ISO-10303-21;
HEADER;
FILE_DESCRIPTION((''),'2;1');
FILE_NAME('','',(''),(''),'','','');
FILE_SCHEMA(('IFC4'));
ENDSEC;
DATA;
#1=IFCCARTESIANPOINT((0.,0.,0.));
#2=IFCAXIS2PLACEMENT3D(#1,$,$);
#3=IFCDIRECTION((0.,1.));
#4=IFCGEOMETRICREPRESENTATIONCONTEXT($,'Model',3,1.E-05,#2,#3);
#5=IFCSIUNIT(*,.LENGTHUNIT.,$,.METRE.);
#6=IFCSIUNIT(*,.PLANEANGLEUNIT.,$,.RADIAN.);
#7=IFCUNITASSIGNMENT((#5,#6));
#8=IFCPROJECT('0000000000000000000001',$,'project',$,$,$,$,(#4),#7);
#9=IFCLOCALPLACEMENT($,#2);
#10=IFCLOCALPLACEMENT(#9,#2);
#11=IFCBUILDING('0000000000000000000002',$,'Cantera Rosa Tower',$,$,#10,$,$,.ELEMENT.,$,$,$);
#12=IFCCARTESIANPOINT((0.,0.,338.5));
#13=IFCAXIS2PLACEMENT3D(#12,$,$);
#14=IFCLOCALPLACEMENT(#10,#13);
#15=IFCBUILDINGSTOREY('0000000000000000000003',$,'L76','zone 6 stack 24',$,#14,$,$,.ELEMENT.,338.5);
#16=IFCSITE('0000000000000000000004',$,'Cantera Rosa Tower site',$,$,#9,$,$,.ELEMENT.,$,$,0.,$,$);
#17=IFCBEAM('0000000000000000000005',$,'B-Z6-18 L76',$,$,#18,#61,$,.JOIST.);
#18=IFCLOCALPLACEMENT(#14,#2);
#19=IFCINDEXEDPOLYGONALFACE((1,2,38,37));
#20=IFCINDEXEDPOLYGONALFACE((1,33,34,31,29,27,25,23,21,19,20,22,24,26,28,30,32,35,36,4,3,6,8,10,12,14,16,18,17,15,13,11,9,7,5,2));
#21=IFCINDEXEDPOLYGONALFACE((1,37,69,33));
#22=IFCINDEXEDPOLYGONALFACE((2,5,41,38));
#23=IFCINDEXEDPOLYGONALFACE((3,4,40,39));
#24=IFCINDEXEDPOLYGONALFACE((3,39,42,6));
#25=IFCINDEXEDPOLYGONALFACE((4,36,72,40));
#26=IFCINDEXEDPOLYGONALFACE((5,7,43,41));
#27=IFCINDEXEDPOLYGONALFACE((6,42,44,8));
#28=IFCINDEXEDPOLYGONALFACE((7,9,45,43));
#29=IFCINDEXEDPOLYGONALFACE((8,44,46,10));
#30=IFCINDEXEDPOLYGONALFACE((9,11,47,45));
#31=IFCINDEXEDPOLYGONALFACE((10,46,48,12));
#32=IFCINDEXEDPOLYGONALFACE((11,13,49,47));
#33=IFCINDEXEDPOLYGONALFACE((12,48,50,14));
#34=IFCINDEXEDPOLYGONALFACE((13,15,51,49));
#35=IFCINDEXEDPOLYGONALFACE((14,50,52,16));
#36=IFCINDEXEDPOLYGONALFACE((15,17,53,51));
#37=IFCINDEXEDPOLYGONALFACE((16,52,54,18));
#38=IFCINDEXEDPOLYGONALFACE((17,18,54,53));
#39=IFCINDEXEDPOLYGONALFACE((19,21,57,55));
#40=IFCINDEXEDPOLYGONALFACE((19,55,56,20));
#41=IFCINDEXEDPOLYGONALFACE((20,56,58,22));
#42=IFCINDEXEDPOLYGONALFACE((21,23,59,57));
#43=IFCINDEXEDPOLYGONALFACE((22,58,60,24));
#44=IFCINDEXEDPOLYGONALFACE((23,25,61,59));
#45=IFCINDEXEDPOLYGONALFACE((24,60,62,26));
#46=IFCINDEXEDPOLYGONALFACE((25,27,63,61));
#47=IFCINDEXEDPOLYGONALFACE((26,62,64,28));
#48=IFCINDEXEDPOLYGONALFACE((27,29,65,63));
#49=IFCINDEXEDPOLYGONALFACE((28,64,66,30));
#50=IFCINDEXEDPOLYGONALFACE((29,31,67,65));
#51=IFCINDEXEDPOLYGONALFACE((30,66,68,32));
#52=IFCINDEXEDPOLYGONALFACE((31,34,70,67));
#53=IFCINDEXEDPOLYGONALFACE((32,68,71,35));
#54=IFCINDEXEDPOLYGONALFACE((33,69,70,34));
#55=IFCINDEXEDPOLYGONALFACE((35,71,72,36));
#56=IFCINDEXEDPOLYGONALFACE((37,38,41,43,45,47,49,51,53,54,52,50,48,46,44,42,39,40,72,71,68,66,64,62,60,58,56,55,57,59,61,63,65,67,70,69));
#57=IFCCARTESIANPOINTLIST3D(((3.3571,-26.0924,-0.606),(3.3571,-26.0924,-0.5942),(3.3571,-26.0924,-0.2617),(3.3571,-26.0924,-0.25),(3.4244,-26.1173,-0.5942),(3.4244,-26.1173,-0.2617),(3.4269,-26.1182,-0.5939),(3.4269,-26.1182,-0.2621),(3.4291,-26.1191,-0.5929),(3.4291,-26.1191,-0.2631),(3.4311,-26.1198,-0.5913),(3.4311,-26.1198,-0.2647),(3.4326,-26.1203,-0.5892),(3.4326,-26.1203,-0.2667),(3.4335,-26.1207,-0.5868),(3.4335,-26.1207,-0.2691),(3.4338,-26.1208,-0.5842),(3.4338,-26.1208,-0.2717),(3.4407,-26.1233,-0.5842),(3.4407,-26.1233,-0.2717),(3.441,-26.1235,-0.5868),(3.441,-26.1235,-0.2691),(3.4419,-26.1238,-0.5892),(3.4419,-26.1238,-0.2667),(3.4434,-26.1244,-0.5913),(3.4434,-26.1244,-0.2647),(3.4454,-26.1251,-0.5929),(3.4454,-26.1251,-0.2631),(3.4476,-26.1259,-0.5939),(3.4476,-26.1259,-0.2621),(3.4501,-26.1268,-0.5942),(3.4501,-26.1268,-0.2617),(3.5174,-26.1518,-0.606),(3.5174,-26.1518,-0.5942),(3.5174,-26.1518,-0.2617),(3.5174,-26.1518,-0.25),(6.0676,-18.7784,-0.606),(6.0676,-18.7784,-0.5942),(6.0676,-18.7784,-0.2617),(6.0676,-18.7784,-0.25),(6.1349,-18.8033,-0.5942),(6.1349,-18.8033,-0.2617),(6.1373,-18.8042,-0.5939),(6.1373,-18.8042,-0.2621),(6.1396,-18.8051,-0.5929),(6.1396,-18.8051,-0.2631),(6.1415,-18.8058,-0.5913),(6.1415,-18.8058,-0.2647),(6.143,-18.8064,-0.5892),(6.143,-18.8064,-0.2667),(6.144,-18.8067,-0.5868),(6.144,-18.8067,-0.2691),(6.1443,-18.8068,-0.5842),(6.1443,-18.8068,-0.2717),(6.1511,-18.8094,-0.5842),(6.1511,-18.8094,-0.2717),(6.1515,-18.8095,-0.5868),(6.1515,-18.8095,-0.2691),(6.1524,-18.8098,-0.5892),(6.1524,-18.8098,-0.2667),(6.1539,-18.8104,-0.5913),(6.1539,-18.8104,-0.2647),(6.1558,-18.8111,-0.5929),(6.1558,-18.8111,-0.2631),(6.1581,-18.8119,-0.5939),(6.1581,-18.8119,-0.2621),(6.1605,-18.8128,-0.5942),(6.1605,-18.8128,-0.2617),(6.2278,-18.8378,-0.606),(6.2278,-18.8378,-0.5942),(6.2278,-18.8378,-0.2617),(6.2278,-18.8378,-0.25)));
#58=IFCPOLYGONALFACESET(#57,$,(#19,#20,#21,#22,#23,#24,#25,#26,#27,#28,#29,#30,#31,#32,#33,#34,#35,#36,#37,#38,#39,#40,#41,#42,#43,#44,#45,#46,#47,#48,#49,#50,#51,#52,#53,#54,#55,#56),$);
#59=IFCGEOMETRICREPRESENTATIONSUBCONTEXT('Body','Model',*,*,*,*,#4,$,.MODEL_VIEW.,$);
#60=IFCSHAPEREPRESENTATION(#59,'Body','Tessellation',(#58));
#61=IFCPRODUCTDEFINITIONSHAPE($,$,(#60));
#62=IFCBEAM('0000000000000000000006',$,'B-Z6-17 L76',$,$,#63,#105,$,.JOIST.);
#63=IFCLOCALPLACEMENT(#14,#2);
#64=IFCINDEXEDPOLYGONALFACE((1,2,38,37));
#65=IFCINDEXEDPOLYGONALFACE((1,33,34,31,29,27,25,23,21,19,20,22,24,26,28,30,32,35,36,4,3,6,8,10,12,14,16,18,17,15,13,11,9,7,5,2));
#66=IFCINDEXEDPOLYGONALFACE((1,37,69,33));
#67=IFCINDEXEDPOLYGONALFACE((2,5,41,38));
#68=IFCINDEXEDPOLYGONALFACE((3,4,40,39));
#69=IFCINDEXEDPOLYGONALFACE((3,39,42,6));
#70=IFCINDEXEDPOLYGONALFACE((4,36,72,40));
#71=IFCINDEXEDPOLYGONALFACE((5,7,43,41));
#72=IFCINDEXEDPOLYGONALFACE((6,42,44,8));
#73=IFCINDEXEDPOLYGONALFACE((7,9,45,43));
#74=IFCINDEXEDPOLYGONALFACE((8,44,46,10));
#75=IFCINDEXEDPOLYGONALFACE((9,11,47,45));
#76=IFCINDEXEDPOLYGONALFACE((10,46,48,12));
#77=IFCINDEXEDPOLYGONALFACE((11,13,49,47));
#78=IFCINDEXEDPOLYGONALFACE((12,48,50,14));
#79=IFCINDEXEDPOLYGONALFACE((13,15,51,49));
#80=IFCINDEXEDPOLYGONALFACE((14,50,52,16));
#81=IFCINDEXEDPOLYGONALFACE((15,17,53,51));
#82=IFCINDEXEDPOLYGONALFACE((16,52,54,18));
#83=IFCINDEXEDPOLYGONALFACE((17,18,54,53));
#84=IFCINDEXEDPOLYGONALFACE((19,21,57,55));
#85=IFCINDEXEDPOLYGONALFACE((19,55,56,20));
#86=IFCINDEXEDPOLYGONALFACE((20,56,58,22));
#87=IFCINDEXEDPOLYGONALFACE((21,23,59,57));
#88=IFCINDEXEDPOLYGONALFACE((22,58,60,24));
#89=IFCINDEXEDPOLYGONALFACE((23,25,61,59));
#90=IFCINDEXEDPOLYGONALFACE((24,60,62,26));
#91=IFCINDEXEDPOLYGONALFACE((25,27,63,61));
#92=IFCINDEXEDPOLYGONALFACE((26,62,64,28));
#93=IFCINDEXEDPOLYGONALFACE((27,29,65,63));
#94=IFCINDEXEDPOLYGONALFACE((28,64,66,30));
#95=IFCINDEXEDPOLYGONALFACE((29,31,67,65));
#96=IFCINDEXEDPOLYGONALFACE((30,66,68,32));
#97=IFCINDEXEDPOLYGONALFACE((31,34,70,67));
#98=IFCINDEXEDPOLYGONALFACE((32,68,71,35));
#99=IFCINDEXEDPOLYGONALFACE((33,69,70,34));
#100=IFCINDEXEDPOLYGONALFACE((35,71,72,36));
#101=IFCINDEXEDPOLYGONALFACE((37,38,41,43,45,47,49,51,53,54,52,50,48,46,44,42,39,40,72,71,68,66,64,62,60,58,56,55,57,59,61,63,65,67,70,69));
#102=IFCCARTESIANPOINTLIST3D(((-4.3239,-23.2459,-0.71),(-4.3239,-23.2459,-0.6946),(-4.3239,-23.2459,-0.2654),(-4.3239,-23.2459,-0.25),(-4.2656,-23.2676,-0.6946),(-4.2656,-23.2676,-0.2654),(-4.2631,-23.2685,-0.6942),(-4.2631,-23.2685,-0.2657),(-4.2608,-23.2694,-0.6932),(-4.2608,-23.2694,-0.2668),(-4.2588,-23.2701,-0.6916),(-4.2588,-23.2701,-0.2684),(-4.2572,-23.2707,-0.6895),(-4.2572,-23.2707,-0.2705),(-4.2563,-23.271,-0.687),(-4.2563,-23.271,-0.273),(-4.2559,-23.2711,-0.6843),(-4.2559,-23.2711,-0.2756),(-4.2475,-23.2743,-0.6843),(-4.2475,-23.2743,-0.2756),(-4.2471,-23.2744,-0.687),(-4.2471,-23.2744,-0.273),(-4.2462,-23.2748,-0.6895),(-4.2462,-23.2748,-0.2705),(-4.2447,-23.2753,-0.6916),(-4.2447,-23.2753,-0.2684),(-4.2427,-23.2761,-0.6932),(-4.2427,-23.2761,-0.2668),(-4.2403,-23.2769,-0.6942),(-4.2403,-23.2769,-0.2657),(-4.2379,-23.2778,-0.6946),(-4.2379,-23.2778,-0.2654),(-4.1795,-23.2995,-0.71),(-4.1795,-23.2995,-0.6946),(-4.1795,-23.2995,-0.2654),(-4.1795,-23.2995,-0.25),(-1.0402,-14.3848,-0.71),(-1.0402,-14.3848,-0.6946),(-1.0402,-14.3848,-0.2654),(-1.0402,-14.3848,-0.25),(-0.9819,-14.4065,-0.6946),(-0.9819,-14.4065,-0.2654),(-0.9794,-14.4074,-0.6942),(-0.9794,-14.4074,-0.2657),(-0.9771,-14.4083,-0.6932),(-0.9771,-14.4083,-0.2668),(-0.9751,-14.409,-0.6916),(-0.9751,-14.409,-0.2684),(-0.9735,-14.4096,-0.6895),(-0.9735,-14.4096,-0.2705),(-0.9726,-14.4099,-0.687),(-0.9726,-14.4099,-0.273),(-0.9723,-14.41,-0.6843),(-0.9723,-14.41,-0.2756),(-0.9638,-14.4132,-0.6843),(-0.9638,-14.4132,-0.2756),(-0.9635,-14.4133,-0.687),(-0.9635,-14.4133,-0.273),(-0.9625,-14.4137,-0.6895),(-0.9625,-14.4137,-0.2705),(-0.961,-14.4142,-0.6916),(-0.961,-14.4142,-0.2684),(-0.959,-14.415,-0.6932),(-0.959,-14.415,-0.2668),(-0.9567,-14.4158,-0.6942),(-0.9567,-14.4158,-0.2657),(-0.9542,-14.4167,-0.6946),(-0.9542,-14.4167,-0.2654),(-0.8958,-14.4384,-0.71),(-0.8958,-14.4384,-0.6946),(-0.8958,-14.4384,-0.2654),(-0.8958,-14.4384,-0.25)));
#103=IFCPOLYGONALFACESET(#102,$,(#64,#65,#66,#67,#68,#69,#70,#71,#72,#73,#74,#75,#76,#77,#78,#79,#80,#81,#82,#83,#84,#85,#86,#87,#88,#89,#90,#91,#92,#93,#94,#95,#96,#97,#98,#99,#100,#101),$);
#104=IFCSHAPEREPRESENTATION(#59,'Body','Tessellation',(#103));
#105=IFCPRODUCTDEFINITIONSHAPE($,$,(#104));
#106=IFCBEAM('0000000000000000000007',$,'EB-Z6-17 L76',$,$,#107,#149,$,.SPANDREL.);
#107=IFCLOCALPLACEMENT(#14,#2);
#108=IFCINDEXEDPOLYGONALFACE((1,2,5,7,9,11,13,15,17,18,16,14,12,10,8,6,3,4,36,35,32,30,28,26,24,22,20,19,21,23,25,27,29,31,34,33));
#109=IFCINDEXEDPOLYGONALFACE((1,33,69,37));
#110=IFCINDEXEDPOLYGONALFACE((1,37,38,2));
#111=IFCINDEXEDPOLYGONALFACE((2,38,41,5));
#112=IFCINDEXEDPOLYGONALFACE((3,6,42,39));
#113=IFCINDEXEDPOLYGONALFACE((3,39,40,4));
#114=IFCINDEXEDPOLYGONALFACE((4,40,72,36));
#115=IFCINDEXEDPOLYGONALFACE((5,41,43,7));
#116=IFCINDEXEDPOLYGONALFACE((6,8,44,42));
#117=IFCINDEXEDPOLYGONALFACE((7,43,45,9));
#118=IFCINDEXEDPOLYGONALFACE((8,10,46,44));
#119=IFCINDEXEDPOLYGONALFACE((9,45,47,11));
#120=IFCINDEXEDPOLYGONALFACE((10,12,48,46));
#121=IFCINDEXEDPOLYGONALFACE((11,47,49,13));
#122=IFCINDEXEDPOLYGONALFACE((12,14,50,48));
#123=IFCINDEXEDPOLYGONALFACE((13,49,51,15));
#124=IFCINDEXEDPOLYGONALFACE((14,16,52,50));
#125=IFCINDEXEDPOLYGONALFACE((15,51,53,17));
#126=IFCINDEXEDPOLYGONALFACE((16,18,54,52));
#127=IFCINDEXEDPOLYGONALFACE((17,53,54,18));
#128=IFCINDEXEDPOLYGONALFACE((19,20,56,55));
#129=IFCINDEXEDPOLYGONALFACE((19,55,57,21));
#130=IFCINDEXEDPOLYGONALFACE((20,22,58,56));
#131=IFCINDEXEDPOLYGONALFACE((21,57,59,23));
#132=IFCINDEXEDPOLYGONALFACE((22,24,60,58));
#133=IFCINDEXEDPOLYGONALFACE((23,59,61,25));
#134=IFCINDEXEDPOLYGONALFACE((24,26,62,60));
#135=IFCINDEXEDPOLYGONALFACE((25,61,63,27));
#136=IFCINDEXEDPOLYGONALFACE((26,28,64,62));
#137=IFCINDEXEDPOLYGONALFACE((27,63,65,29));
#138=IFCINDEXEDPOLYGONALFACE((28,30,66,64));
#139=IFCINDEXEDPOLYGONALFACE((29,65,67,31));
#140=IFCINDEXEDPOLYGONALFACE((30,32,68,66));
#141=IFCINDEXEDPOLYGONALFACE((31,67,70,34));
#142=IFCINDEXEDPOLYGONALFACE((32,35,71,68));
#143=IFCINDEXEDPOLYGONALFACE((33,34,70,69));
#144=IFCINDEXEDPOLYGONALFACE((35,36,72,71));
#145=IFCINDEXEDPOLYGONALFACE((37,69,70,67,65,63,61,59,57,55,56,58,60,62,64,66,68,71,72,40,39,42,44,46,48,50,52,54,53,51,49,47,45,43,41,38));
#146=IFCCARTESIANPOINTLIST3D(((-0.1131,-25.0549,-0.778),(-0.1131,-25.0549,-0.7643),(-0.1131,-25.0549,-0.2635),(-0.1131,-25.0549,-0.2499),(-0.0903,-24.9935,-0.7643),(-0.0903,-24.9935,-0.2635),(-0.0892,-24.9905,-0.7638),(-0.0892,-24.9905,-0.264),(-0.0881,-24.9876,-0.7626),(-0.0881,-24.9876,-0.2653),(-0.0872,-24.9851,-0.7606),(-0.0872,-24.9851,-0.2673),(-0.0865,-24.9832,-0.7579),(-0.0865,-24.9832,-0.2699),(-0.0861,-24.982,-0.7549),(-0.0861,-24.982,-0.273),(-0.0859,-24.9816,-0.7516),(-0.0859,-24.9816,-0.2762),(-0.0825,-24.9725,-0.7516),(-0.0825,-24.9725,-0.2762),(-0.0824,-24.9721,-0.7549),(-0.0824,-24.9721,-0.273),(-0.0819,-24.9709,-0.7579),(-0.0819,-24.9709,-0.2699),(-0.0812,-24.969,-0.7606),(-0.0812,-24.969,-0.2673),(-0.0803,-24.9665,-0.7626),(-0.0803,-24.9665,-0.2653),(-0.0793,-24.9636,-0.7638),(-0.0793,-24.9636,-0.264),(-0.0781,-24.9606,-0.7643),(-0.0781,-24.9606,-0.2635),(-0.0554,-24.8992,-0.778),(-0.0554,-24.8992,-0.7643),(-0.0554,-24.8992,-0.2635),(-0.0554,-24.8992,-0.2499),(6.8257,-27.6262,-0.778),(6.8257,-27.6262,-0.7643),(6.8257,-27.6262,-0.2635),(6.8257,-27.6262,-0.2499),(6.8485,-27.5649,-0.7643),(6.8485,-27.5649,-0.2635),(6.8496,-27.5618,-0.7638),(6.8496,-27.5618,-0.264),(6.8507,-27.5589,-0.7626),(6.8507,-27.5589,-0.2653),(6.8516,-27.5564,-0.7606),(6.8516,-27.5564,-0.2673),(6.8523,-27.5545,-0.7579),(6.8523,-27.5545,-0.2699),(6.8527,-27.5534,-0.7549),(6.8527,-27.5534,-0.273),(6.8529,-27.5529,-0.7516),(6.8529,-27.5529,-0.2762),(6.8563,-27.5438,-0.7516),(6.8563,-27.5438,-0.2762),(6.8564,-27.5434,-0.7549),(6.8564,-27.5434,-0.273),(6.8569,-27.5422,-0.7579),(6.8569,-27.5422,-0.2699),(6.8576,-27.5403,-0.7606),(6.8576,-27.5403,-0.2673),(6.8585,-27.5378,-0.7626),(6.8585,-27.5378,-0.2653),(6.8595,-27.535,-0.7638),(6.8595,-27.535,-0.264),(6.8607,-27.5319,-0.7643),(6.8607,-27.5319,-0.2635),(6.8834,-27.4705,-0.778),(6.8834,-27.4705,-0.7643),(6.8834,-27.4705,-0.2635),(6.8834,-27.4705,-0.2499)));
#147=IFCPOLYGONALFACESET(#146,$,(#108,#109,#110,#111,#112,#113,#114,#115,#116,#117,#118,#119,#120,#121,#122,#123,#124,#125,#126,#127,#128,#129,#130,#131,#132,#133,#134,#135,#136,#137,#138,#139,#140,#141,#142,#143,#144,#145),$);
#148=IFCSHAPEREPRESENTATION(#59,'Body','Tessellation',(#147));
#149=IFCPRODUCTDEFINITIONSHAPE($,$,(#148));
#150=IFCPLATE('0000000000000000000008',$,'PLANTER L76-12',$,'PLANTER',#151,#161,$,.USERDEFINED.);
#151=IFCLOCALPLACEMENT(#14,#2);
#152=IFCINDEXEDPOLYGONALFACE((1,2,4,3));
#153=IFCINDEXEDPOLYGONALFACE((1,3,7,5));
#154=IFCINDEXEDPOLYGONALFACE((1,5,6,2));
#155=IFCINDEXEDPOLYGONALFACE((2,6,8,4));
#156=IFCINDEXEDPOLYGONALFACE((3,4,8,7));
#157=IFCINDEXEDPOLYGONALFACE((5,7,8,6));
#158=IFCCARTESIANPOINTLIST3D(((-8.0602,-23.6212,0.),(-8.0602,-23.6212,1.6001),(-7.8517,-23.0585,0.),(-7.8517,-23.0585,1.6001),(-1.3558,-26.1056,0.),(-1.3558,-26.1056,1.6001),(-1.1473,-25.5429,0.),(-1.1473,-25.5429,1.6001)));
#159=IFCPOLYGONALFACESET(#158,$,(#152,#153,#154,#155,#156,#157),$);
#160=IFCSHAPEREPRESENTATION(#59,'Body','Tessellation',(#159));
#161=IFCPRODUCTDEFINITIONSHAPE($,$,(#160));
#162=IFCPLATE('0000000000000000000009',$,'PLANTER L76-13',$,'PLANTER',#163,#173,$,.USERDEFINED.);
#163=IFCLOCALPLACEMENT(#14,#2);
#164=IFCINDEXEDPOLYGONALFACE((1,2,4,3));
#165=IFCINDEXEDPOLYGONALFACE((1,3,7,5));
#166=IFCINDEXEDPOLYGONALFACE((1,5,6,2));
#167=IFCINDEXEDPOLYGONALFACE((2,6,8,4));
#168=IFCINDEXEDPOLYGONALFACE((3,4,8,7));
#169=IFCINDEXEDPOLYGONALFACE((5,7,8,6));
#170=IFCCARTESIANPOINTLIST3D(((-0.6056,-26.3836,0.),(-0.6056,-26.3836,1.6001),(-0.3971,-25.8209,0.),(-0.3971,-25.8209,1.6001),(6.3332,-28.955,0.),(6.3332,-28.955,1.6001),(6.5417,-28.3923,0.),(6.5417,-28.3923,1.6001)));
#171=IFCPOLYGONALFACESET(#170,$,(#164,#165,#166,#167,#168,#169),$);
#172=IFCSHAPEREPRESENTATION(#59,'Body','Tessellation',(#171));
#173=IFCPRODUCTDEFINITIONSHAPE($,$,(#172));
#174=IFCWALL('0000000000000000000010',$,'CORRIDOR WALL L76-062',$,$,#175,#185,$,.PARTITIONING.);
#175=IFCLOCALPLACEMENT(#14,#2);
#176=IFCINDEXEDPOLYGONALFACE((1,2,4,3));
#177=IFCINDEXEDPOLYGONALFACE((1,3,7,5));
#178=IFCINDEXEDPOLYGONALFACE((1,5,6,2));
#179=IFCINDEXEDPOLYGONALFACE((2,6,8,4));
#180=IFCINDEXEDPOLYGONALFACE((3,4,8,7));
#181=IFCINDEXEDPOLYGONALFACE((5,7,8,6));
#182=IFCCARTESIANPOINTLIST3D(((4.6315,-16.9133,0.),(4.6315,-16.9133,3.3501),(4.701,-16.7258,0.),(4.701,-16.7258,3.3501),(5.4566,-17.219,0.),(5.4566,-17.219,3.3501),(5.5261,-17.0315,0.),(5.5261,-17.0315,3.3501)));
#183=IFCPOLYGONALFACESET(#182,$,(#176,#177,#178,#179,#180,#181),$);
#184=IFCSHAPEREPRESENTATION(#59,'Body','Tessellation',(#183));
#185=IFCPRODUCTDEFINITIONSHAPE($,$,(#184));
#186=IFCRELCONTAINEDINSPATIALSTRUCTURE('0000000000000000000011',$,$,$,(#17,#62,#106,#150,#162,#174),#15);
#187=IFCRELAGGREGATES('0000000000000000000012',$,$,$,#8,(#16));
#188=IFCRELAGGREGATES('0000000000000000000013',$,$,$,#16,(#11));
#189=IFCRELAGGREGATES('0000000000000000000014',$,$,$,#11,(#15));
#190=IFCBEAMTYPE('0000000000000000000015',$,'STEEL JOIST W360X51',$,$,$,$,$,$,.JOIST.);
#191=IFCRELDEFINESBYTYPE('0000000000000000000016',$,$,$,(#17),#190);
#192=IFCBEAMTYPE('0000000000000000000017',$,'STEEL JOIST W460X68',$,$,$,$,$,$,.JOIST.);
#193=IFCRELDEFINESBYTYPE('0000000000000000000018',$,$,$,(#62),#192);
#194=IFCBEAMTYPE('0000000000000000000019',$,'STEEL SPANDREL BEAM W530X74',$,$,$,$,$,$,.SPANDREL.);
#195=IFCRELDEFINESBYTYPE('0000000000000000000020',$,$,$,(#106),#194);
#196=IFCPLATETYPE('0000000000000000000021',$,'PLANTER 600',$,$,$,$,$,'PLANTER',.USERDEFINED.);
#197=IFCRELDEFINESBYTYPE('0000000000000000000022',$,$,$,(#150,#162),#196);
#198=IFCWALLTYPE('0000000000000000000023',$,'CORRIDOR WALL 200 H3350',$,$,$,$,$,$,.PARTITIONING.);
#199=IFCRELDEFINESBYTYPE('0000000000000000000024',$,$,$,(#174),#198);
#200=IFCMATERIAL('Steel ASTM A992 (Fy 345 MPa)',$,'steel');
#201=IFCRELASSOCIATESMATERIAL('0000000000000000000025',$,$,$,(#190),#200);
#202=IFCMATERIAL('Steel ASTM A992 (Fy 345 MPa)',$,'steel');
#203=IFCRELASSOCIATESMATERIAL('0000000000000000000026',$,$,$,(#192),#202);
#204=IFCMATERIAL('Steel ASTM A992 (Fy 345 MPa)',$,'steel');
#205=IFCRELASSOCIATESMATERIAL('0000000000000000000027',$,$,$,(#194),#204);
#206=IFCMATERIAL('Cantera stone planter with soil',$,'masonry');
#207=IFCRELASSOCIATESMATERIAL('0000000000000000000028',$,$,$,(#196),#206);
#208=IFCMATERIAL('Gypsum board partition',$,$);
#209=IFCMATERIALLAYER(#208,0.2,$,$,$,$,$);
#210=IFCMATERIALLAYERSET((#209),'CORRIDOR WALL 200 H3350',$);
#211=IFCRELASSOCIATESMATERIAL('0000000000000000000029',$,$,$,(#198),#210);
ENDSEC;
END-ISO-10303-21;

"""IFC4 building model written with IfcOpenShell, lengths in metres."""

from ifc_helpers import new_model, si_unit, direction, frame, frame_2d, origin, origin_2d, place, context, subcontext, project, spatial, rectangle, i_section, extrude, material, layer, layer_set, material_profile, profile_set, type_object, element, save


model = new_model("IFC4")

# Units and contexts
model_context = context("Model", 3, precision=1e-05, world=origin(), true_north=direction((0.0, 1.0)))
body_context = subcontext(model_context, "Body", "Model", "MODEL_VIEW")
ifc_project = project(units=[si_unit("LENGTHUNIT", "METRE"), si_unit("PLANEANGLEUNIT", "RADIAN")], contexts=[model_context])

# Site, building, storey
site_placement = place(None, origin())
site = spatial("IfcSite", under=ifc_project, at=site_placement, Name="Cantera Rosa Tower site", CompositionType="ELEMENT", RefElevation=0.0)
building_placement = place(site_placement, origin())
building = spatial("IfcBuilding", under=site, at=building_placement, Name="Cantera Rosa Tower", CompositionType="ELEMENT")
storey_placement = place(building_placement, frame((0.0, 0.0, 338.5)))
storey = spatial("IfcBuildingStorey", under=building, at=storey_placement, Name="L76", Description="zone 6 stack 24", CompositionType="ELEMENT", Elevation=338.5)

# Beams
ifc_material_1 = material(Name="Steel ASTM A992 (Fy 345 MPa)", Category="steel")
ifc_material_profile_1 = material_profile(ifc_material_1, i_section(OverallWidth=0.1709, OverallDepth=0.356, WebThickness=0.0073, FlangeThickness=0.0117, FilletRadius=0.01, at=origin_2d()), Name="W360X51")
ifc_profile_set_1 = profile_set([ifc_material_profile_1], Name="Steel ASTM A992 (Fy 345 MPa)")
beam_type_1 = type_object("IfcBeamType", Name="STEEL JOIST W360X51", PredefinedType="JOIST", material=ifc_profile_set_1)
beam_1_placement = place(storey_placement, frame((3.4373, -26.1221, -0.428), z_axis=(0.347492, 0.937683, 0.0), x_axis=(-0.937683, 0.347492, 0.0)))
element("IfcBeam", 1, at=beam_1_placement, inside=storey, type_object=beam_type_1, Name="B-Z6-18 L76", PredefinedType="JOIST", context=body_context, shape_type="SweptSolid", body=[
    extrude(i_section(OverallWidth=0.1709, OverallDepth=0.356, WebThickness=0.0073, FlangeThickness=0.0117, FilletRadius=0.01, at=origin_2d()), origin(), (0.0, 0.0, 1.0), 7.8),
])
ifc_material_2 = material(Name="Steel ASTM A992 (Fy 345 MPa)", Category="steel")
ifc_material_profile_2 = material_profile(ifc_material_2, i_section(OverallWidth=0.1541, OverallDepth=0.46, WebThickness=0.009, FlangeThickness=0.0154, FilletRadius=0.0103, at=origin_2d()), Name="W460X68")
ifc_profile_set_2 = profile_set([ifc_material_profile_2], Name="Steel ASTM A992 (Fy 345 MPa)")
beam_type_2 = type_object("IfcBeamType", Name="STEEL JOIST W460X68", PredefinedType="JOIST", material=ifc_profile_set_2)
beam_2_placement = place(storey_placement, frame((-4.2517, -23.2727, -0.48), z_axis=(0.347483, 0.937686, 0.0), x_axis=(-0.937686, 0.347483, 0.0)))
element("IfcBeam", 2, at=beam_2_placement, inside=storey, type_object=beam_type_2, Name="B-Z6-17 L76", PredefinedType="JOIST", context=body_context, shape_type="SweptSolid", body=[
    extrude(i_section(OverallWidth=0.1541, OverallDepth=0.46, WebThickness=0.009, FlangeThickness=0.0154, FilletRadius=0.0103, at=origin_2d()), origin(), (0.0, 0.0, 1.0), 9.45),
])
ifc_material_3 = material(Name="Steel ASTM A992 (Fy 345 MPa)", Category="steel")
ifc_material_profile_3 = material_profile(ifc_material_3, i_section(OverallWidth=0.166, OverallDepth=0.5281, WebThickness=0.0098, FlangeThickness=0.0137, FilletRadius=0.0127, at=origin_2d()), Name="W530X74")
ifc_profile_set_3 = profile_set([ifc_material_profile_3], Name="Steel ASTM A992 (Fy 345 MPa)")
beam_type_3 = type_object("IfcBeamType", Name="STEEL SPANDREL BEAM W530X74", PredefinedType="SPANDREL", material=ifc_profile_set_3)
beam_3_placement = place(storey_placement, frame((-0.0842, -24.9771, -0.5139), z_axis=(0.937687, -0.34748, 0.0), x_axis=(0.34748, 0.937687, 0.0)))
element("IfcBeam", 3, at=beam_3_placement, inside=storey, type_object=beam_type_3, Name="EB-Z6-17 L76", PredefinedType="SPANDREL", context=body_context, shape_type="SweptSolid", body=[
    extrude(i_section(OverallWidth=0.166, OverallDepth=0.5281, WebThickness=0.0098, FlangeThickness=0.0137, FilletRadius=0.0127, at=origin_2d()), origin(), (0.0, 0.0, 1.0), 7.3999),
])

# Plates
ifc_material_4 = material(Name="Cantera stone planter with soil", Category="masonry")
plate_type = type_object("IfcPlateType", Name="PLANTER 600", ElementType="PLANTER", PredefinedType="USERDEFINED", material=ifc_material_4)
plate_1_placement = place(storey_placement, frame((-4.6038, -24.582, 0.0), z_axis=(0.0, 0.0, 1.0), x_axis=(0.937687, -0.347481, 0.0)))
element("IfcPlate", 4, at=plate_1_placement, inside=storey, type_object=plate_type, Name="PLANTER L76-12", ObjectType="PLANTER", PredefinedType="USERDEFINED", context=body_context, shape_type="SweptSolid", body=[
    extrude(rectangle(XDim=7.1499, YDim=0.6001, at=origin_2d()), origin(), (0.0, 0.0, 1.0), 1.6001),
])
plate_2_placement = place(storey_placement, frame((2.968, -27.3879, 0.0), z_axis=(0.0, 0.0, 1.0), x_axis=(0.937687, -0.347481, 0.0)))
element("IfcPlate", 5, at=plate_2_placement, inside=storey, type_object=plate_type, Name="PLANTER L76-13", ObjectType="PLANTER", PredefinedType="USERDEFINED", context=body_context, shape_type="SweptSolid", body=[
    extrude(rectangle(XDim=7.3999, YDim=0.6001, at=origin_2d()), origin(), (0.0, 0.0, 1.0), 1.6001),
])

# Wall
ifc_material_5 = material(Name="Gypsum board partition")
ifc_layer_1 = layer(ifc_material_5, 0.2)
ifc_layer_set_1 = layer_set([ifc_layer_1], Name="CORRIDOR WALL 200 H3350")
wall_type_1 = type_object("IfcWallType", Name="CORRIDOR WALL 200 H3350", PredefinedType="PARTITIONING", material=ifc_layer_set_1)
wall_1_placement = place(storey_placement, frame((4.6663, -16.8196, 0.0), z_axis=(0.0, 0.0, 1.0), x_axis=(0.937735, -0.34735, 0.0)))
element("IfcWall", 6, at=wall_1_placement, inside=storey, type_object=wall_type_1, Name="CORRIDOR WALL L76-062", PredefinedType="PARTITIONING", context=body_context, shape_type="SweptSolid", body=[
    extrude(rectangle(XDim=0.8799, YDim=0.2, at=frame_2d((0.4399, 0.0))), origin(), (0.0, 0.0, 1.0), 3.3501),
])

save(model, "model.ifc")
